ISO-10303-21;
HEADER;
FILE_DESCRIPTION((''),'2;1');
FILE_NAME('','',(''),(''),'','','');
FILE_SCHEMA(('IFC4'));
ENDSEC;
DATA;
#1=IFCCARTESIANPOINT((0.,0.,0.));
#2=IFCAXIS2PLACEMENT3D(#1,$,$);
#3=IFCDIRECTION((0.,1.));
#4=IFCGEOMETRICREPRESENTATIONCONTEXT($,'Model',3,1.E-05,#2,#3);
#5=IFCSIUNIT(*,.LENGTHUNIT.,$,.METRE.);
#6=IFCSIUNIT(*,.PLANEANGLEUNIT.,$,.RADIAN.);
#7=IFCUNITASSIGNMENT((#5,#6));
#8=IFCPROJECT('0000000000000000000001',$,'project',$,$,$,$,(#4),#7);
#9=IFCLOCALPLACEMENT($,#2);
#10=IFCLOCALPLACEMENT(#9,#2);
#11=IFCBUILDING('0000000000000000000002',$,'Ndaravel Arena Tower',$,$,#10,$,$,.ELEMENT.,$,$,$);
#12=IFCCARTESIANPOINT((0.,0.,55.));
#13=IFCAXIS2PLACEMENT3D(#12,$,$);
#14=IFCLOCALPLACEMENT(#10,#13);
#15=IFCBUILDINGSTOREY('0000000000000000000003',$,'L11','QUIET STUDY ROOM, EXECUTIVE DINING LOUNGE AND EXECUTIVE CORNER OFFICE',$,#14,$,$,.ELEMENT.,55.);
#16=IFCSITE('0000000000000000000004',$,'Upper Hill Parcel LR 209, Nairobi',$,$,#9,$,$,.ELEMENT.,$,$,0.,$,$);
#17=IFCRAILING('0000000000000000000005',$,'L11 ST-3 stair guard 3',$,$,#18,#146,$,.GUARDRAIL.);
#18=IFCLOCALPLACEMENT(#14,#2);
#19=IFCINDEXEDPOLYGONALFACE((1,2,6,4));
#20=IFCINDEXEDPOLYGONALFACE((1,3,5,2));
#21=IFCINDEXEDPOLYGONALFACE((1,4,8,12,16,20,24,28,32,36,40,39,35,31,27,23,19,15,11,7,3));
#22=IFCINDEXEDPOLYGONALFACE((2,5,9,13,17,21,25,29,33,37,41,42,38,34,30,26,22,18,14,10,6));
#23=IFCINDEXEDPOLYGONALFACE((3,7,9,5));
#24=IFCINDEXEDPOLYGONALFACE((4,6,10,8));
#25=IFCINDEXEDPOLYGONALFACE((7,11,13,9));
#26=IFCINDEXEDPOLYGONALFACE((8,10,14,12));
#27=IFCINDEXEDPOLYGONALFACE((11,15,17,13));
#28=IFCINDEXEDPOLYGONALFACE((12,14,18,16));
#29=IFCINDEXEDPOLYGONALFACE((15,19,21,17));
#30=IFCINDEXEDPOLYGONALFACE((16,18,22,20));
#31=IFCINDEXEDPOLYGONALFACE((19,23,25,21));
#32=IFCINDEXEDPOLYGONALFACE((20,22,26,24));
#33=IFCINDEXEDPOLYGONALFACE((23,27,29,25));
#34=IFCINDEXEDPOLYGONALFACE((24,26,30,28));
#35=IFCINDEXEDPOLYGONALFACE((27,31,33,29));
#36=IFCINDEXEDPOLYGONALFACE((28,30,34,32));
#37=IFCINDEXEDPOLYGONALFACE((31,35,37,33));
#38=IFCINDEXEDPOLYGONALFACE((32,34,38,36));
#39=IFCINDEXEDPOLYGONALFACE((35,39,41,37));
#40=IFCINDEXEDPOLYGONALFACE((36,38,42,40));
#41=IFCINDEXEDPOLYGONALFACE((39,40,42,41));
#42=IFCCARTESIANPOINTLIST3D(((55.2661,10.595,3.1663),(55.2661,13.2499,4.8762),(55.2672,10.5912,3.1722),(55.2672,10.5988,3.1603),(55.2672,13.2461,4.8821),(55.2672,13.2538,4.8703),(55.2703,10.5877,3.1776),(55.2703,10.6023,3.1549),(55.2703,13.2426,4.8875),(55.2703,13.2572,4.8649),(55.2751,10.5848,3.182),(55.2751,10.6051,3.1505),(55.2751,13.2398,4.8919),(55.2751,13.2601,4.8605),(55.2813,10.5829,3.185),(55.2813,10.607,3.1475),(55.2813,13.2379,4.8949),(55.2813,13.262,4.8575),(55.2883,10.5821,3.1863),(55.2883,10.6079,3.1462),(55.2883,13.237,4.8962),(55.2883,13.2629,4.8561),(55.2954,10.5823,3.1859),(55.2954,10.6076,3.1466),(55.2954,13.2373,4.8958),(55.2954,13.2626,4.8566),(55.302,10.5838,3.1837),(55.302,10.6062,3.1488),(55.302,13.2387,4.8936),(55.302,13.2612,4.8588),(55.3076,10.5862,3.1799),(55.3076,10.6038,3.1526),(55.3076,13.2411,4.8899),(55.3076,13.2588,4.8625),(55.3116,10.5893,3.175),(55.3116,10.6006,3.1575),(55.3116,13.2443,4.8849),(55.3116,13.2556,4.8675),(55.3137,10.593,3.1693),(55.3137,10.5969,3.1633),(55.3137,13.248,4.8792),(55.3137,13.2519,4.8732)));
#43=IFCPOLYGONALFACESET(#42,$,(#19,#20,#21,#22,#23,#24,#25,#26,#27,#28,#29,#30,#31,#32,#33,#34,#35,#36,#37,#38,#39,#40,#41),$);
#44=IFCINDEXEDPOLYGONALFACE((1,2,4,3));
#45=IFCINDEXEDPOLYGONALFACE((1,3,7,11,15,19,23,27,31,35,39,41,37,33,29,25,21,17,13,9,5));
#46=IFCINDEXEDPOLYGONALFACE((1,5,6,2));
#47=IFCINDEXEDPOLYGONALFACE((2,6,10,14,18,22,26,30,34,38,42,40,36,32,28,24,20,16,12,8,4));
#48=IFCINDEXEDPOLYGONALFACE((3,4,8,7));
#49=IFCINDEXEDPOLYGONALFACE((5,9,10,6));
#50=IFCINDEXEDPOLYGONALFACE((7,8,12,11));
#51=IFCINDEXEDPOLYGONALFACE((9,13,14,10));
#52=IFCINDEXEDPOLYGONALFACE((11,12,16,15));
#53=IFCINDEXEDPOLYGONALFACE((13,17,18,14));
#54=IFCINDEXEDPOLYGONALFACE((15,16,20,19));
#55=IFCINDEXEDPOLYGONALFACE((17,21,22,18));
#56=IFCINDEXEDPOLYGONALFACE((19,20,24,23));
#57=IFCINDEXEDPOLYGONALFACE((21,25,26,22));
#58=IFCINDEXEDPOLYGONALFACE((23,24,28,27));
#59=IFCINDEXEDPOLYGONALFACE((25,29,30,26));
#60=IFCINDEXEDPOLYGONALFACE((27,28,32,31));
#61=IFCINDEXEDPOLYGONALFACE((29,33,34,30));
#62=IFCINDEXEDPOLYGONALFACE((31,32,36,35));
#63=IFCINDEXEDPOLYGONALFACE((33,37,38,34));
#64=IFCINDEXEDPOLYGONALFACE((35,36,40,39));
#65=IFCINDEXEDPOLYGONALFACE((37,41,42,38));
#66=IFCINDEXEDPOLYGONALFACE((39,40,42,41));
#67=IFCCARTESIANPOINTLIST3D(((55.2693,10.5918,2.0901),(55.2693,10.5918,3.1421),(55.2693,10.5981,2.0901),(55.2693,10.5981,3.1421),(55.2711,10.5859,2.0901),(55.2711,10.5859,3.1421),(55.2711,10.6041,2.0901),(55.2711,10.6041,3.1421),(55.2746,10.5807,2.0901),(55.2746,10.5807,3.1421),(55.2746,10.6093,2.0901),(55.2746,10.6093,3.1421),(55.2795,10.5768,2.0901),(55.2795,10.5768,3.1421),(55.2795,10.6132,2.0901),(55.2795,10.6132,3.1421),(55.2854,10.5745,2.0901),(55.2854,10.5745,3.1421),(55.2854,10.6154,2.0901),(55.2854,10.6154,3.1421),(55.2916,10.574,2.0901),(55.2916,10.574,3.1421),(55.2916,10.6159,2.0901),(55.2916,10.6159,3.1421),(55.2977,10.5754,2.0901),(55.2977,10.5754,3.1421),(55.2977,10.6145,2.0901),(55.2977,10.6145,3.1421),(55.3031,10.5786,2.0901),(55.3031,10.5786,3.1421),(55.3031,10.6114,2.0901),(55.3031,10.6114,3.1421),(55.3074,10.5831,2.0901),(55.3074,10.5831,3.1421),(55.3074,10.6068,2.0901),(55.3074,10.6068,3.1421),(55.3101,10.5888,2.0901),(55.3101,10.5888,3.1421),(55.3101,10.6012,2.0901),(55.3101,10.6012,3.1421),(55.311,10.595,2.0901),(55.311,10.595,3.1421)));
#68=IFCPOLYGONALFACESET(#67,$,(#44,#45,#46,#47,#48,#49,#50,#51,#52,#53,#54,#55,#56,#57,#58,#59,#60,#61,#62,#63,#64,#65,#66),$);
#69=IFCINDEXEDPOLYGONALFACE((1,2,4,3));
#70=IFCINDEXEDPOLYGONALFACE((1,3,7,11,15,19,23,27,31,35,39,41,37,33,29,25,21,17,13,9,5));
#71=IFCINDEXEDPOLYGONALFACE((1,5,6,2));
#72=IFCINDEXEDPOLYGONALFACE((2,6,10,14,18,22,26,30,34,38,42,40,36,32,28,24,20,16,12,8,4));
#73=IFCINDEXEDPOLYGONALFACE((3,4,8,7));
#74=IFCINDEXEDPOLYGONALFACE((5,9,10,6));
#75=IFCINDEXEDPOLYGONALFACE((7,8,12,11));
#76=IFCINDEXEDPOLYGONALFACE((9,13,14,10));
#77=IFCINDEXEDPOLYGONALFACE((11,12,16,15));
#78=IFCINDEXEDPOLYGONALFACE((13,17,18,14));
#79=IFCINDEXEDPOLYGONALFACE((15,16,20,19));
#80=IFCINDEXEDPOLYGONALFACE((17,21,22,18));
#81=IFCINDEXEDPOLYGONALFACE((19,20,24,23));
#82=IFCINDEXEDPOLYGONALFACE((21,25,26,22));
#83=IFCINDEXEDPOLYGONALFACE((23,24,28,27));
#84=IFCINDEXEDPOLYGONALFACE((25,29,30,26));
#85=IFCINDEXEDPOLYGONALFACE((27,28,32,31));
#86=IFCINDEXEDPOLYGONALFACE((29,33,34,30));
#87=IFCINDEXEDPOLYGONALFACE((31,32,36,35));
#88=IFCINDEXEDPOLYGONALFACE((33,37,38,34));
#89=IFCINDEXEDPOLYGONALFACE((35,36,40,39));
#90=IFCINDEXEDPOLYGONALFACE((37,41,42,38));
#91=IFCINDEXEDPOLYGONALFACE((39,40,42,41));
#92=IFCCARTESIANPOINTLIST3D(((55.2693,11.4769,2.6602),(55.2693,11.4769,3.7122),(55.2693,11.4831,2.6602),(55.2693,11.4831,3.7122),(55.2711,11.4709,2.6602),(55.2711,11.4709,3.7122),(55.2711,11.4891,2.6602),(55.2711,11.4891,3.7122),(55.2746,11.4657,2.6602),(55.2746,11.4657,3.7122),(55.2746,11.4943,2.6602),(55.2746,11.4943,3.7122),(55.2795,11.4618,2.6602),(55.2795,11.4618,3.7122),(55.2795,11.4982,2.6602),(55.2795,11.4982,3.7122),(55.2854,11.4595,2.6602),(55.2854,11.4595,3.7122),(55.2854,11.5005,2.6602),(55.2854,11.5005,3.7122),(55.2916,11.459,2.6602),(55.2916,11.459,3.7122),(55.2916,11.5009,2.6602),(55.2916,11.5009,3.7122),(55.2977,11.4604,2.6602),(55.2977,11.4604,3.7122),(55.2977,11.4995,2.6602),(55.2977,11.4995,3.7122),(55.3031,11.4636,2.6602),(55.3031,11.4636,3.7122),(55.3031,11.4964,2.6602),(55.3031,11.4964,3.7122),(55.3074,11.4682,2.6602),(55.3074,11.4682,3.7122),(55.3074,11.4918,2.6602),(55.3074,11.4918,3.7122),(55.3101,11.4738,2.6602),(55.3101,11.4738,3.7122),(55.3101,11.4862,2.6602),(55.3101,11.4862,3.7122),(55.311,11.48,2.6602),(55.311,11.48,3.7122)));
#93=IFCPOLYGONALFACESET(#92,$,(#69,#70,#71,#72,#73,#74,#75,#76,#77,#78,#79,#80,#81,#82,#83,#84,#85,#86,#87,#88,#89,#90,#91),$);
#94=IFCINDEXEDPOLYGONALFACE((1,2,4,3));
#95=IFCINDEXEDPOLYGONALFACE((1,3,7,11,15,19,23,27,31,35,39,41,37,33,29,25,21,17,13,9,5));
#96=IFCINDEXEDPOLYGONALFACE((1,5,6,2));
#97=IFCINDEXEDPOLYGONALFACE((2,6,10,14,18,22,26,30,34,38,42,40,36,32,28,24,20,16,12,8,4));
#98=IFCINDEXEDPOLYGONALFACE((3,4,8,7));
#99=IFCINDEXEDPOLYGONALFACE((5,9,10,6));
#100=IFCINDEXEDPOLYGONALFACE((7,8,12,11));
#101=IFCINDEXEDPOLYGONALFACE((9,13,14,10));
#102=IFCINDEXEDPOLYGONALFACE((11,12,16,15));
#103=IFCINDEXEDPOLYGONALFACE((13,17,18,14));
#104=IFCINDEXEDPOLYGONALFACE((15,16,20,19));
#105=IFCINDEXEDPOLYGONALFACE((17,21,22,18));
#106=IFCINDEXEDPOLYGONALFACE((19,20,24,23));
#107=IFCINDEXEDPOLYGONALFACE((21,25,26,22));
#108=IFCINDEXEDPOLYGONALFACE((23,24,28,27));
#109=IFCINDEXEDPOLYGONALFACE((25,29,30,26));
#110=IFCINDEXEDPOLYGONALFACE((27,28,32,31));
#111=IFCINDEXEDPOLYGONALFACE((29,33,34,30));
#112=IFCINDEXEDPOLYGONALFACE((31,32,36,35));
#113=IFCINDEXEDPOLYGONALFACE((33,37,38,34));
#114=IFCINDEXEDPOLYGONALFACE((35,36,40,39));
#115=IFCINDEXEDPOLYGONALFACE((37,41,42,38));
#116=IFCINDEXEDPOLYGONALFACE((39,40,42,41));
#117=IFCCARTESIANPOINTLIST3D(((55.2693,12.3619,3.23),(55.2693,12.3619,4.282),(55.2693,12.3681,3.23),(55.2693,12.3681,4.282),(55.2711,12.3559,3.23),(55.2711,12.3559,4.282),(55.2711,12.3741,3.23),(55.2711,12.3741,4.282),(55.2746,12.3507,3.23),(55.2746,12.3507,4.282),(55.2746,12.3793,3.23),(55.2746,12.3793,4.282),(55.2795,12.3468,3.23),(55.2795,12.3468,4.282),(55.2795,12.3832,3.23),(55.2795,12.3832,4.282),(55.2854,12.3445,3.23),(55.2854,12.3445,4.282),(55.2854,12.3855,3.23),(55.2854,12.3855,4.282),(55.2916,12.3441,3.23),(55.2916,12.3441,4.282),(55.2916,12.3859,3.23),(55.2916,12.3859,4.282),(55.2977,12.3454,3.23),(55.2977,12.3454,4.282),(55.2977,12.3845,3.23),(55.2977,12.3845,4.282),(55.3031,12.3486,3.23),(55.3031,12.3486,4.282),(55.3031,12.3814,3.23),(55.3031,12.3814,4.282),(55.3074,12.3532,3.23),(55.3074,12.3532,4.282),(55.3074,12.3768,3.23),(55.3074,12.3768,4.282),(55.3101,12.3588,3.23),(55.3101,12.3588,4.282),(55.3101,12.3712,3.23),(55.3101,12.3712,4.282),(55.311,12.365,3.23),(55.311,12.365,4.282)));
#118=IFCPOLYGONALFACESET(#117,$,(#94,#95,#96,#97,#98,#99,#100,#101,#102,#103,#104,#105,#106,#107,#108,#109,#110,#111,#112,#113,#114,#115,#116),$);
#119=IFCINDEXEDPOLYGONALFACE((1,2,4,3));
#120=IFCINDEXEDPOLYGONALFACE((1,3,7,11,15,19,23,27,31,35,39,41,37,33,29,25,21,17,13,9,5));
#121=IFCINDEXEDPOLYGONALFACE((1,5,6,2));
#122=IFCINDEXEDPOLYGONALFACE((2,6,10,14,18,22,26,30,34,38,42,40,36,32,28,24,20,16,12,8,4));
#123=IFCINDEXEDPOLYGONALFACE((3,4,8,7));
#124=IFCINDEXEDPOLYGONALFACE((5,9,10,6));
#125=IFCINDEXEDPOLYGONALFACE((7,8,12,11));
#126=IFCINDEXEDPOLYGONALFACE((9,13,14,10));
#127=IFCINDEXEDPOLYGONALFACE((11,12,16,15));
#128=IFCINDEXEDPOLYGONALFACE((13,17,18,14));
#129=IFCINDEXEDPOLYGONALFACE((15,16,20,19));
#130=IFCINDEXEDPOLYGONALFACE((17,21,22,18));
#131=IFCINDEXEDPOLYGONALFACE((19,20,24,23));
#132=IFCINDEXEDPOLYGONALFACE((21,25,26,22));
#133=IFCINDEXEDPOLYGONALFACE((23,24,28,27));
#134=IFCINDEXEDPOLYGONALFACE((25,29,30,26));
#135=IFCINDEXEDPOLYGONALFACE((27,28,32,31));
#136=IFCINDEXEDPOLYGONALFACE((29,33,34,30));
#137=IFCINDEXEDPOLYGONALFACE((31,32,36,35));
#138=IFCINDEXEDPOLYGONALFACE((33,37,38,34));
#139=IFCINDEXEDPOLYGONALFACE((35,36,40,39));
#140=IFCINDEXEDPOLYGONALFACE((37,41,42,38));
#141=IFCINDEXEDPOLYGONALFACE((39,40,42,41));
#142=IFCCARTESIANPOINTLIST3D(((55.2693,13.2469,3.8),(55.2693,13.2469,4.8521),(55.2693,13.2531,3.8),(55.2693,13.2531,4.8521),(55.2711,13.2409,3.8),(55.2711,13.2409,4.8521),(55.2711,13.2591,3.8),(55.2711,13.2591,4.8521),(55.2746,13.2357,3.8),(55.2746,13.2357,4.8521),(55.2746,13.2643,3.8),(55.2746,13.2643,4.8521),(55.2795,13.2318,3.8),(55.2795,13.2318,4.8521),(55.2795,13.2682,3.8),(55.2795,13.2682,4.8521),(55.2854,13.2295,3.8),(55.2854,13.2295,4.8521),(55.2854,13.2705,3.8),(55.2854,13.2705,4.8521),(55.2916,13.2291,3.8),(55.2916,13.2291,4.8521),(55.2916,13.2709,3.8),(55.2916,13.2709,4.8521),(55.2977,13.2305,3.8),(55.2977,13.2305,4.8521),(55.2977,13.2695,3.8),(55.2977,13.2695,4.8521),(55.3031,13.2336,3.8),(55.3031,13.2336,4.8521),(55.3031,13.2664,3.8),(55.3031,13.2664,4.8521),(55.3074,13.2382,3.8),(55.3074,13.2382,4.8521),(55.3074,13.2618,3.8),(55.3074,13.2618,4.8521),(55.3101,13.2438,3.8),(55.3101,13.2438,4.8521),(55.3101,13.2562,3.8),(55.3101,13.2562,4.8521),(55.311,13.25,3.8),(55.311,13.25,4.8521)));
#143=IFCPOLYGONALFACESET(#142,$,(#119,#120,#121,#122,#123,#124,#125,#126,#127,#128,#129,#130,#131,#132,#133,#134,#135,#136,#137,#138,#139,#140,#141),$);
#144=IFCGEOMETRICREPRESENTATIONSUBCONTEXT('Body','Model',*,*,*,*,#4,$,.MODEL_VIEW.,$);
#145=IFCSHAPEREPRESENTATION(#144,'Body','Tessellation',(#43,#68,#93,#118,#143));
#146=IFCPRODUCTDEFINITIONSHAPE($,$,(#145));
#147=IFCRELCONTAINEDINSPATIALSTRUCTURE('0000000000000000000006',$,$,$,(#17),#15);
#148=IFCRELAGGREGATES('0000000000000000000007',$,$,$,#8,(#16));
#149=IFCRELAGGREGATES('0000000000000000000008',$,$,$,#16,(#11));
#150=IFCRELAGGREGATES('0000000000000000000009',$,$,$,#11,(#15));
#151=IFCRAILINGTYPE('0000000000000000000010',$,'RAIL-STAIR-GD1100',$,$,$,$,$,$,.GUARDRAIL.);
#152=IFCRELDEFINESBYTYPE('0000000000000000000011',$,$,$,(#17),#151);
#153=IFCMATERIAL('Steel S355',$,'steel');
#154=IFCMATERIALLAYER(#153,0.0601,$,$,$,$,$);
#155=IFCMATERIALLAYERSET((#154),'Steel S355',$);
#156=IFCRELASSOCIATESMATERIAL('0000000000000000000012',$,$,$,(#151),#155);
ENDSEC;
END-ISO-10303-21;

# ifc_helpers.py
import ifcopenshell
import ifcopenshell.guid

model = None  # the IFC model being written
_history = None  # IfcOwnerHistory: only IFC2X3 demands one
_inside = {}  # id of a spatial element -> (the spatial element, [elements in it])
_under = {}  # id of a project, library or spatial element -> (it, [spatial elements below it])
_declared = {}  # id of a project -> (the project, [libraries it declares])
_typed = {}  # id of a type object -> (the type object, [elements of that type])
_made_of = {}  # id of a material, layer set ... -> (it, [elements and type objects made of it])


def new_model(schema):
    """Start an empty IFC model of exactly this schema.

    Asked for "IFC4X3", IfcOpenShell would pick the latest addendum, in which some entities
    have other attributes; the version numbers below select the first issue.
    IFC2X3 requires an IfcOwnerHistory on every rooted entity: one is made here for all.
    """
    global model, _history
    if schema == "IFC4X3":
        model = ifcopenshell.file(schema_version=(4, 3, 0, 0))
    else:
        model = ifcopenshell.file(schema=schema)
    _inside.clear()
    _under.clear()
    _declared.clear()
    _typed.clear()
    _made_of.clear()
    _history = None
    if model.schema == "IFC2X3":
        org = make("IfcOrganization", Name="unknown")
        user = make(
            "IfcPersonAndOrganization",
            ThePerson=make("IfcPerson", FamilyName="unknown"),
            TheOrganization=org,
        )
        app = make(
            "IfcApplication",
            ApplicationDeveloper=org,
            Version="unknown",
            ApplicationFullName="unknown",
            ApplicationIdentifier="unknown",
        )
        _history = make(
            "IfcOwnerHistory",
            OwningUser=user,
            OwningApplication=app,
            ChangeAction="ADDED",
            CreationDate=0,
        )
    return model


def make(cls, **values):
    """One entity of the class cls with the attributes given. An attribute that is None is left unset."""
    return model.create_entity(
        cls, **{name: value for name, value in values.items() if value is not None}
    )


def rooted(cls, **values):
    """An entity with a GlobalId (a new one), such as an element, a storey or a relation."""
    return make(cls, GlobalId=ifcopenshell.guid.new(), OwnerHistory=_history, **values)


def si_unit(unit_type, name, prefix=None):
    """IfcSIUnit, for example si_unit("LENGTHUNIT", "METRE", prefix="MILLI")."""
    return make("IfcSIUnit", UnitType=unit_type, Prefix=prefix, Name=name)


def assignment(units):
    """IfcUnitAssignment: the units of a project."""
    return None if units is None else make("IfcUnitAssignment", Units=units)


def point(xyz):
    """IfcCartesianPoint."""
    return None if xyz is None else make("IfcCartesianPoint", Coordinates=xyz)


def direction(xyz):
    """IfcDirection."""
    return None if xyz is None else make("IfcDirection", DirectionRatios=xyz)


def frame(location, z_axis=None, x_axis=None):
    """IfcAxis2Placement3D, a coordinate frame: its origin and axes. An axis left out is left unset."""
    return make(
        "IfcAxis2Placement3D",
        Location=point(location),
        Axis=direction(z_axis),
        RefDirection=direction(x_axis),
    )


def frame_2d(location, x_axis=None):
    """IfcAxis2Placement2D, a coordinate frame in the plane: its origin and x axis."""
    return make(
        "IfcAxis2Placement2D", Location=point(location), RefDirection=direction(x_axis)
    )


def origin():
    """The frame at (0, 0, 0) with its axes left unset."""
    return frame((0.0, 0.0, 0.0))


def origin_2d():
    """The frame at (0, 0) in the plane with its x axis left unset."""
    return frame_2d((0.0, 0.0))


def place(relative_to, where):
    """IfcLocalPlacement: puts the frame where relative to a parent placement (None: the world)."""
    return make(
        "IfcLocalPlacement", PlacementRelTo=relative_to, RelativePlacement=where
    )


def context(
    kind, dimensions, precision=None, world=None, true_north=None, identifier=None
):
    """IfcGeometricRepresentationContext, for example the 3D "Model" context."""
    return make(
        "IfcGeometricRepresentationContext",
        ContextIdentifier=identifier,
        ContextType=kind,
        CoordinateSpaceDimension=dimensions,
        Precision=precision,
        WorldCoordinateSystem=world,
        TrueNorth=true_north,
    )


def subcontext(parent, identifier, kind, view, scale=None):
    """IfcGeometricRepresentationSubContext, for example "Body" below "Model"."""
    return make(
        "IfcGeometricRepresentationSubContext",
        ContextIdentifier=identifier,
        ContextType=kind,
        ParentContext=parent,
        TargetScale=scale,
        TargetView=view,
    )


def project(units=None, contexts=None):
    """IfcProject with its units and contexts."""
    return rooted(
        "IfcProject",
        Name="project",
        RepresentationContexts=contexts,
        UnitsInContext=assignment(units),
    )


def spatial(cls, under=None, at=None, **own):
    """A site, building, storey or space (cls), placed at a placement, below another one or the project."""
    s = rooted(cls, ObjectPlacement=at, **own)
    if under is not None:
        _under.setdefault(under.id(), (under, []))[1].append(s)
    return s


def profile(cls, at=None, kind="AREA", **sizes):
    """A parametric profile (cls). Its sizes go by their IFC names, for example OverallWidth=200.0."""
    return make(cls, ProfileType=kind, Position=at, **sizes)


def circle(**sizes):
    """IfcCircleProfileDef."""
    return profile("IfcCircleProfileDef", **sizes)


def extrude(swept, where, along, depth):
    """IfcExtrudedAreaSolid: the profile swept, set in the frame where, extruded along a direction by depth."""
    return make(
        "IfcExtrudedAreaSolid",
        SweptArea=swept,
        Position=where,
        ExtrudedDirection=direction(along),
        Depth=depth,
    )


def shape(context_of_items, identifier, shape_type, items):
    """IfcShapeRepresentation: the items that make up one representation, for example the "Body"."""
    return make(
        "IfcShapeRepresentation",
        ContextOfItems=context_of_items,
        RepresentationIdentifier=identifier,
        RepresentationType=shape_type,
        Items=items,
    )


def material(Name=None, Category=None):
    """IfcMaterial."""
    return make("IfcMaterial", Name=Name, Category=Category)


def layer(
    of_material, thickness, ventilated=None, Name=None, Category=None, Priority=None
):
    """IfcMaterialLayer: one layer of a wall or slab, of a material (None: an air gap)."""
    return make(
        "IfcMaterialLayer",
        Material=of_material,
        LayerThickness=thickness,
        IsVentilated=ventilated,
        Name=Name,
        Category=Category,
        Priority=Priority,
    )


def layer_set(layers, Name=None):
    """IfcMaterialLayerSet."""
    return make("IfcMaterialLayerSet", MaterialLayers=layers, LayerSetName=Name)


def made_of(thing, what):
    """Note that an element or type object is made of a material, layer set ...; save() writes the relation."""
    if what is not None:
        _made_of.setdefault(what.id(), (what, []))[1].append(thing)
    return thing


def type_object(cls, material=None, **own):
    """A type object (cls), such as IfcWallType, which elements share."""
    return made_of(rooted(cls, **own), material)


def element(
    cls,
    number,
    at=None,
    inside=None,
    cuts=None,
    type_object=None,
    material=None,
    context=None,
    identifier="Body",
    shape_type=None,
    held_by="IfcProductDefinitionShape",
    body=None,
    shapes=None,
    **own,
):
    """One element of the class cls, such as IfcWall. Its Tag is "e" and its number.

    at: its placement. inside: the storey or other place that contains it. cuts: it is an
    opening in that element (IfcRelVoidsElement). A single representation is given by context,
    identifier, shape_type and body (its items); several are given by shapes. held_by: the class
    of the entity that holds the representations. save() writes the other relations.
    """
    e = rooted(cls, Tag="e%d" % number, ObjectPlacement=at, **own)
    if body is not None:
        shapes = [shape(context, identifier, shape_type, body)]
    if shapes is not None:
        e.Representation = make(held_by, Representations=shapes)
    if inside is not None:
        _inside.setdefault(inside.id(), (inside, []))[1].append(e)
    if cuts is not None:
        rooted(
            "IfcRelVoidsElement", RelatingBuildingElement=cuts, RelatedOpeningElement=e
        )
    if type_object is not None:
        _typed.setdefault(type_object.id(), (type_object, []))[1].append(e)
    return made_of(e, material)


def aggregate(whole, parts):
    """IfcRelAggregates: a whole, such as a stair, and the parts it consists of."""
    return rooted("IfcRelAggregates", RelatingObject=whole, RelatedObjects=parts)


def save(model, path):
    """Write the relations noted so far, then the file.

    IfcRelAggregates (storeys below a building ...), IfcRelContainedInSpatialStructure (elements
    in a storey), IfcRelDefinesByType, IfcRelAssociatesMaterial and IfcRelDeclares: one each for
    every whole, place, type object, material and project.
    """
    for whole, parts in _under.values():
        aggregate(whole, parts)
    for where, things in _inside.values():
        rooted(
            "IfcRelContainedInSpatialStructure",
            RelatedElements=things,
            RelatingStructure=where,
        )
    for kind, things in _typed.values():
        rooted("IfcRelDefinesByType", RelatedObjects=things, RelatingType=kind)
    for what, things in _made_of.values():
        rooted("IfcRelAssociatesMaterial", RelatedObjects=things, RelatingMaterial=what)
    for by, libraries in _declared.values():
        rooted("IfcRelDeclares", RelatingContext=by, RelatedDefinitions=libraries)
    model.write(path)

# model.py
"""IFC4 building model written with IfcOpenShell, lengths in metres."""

from ifc_helpers import new_model, si_unit, direction, frame, origin, origin_2d, place, context, subcontext, project, spatial, circle, extrude, material, layer, layer_set, type_object, element, save


model = new_model("IFC4")

# Units and contexts
model_context = context("Model", 3, precision=1e-05, world=origin(), true_north=direction((0.0, 1.0)))
body_context = subcontext(model_context, "Body", "Model", "MODEL_VIEW")
ifc_project = project(units=[si_unit("LENGTHUNIT", "METRE"), si_unit("PLANEANGLEUNIT", "RADIAN")], contexts=[model_context])

# Site, building, storey
site_placement = place(None, origin())
site = spatial("IfcSite", under=ifc_project, at=site_placement, Name="Upper Hill Parcel LR 209, Nairobi", CompositionType="ELEMENT", RefElevation=0.0)
building_placement = place(site_placement, origin())
building = spatial("IfcBuilding", under=site, at=building_placement, Name="Ndaravel Arena Tower", CompositionType="ELEMENT")
storey_placement = place(building_placement, frame((0.0, 0.0, 55.0)))
storey = spatial("IfcBuildingStorey", under=building, at=storey_placement, Name="L11", Description="QUIET STUDY ROOM, EXECUTIVE DINING LOUNGE AND EXECUTIVE CORNER OFFICE", CompositionType="ELEMENT", Elevation=55.0)

# Railing
ifc_material_1 = material(Name="Steel S355", Category="steel")
ifc_layer_1 = layer(ifc_material_1, 0.0601)
ifc_layer_set_1 = layer_set([ifc_layer_1], Name="Steel S355")
railing_type_1 = type_object("IfcRailingType", Name="RAIL-STAIR-GD1100", PredefinedType="GUARDRAIL", material=ifc_layer_set_1)
railing_1_placement = place(storey_placement, frame((55.29, 10.595, 2.0901)))
element("IfcRailing", 1, at=railing_1_placement, inside=storey, type_object=railing_type_1, Name="L11 ST-3 stair guard 3", PredefinedType="GUARDRAIL", context=body_context, shape_type="SweptSolid", body=[
    extrude(circle(Radius=0.0239, at=origin_2d()), frame((0.0, 0.0, 1.0762), z_axis=(0.0, 0.840724, 0.541465), x_axis=(-1.0, 0.0, 0.0)), (0.0, 0.0, 1.0), 3.158),
    extrude(circle(Radius=0.021, at=origin_2d()), origin(), (0.0, 0.0, 1.0), 1.052),
    extrude(circle(Radius=0.021, at=origin_2d()), frame((0.0, 0.885, 0.5701)), (0.0, 0.0, 1.0), 1.052),
    extrude(circle(Radius=0.021, at=origin_2d()), frame((0.0, 1.77, 1.1399)), (0.0, 0.0, 1.0), 1.052),
    extrude(circle(Radius=0.021, at=origin_2d()), frame((0.0, 2.655, 1.71)), (0.0, 0.0, 1.0), 1.052),
])

save(model, "model.ifc")
